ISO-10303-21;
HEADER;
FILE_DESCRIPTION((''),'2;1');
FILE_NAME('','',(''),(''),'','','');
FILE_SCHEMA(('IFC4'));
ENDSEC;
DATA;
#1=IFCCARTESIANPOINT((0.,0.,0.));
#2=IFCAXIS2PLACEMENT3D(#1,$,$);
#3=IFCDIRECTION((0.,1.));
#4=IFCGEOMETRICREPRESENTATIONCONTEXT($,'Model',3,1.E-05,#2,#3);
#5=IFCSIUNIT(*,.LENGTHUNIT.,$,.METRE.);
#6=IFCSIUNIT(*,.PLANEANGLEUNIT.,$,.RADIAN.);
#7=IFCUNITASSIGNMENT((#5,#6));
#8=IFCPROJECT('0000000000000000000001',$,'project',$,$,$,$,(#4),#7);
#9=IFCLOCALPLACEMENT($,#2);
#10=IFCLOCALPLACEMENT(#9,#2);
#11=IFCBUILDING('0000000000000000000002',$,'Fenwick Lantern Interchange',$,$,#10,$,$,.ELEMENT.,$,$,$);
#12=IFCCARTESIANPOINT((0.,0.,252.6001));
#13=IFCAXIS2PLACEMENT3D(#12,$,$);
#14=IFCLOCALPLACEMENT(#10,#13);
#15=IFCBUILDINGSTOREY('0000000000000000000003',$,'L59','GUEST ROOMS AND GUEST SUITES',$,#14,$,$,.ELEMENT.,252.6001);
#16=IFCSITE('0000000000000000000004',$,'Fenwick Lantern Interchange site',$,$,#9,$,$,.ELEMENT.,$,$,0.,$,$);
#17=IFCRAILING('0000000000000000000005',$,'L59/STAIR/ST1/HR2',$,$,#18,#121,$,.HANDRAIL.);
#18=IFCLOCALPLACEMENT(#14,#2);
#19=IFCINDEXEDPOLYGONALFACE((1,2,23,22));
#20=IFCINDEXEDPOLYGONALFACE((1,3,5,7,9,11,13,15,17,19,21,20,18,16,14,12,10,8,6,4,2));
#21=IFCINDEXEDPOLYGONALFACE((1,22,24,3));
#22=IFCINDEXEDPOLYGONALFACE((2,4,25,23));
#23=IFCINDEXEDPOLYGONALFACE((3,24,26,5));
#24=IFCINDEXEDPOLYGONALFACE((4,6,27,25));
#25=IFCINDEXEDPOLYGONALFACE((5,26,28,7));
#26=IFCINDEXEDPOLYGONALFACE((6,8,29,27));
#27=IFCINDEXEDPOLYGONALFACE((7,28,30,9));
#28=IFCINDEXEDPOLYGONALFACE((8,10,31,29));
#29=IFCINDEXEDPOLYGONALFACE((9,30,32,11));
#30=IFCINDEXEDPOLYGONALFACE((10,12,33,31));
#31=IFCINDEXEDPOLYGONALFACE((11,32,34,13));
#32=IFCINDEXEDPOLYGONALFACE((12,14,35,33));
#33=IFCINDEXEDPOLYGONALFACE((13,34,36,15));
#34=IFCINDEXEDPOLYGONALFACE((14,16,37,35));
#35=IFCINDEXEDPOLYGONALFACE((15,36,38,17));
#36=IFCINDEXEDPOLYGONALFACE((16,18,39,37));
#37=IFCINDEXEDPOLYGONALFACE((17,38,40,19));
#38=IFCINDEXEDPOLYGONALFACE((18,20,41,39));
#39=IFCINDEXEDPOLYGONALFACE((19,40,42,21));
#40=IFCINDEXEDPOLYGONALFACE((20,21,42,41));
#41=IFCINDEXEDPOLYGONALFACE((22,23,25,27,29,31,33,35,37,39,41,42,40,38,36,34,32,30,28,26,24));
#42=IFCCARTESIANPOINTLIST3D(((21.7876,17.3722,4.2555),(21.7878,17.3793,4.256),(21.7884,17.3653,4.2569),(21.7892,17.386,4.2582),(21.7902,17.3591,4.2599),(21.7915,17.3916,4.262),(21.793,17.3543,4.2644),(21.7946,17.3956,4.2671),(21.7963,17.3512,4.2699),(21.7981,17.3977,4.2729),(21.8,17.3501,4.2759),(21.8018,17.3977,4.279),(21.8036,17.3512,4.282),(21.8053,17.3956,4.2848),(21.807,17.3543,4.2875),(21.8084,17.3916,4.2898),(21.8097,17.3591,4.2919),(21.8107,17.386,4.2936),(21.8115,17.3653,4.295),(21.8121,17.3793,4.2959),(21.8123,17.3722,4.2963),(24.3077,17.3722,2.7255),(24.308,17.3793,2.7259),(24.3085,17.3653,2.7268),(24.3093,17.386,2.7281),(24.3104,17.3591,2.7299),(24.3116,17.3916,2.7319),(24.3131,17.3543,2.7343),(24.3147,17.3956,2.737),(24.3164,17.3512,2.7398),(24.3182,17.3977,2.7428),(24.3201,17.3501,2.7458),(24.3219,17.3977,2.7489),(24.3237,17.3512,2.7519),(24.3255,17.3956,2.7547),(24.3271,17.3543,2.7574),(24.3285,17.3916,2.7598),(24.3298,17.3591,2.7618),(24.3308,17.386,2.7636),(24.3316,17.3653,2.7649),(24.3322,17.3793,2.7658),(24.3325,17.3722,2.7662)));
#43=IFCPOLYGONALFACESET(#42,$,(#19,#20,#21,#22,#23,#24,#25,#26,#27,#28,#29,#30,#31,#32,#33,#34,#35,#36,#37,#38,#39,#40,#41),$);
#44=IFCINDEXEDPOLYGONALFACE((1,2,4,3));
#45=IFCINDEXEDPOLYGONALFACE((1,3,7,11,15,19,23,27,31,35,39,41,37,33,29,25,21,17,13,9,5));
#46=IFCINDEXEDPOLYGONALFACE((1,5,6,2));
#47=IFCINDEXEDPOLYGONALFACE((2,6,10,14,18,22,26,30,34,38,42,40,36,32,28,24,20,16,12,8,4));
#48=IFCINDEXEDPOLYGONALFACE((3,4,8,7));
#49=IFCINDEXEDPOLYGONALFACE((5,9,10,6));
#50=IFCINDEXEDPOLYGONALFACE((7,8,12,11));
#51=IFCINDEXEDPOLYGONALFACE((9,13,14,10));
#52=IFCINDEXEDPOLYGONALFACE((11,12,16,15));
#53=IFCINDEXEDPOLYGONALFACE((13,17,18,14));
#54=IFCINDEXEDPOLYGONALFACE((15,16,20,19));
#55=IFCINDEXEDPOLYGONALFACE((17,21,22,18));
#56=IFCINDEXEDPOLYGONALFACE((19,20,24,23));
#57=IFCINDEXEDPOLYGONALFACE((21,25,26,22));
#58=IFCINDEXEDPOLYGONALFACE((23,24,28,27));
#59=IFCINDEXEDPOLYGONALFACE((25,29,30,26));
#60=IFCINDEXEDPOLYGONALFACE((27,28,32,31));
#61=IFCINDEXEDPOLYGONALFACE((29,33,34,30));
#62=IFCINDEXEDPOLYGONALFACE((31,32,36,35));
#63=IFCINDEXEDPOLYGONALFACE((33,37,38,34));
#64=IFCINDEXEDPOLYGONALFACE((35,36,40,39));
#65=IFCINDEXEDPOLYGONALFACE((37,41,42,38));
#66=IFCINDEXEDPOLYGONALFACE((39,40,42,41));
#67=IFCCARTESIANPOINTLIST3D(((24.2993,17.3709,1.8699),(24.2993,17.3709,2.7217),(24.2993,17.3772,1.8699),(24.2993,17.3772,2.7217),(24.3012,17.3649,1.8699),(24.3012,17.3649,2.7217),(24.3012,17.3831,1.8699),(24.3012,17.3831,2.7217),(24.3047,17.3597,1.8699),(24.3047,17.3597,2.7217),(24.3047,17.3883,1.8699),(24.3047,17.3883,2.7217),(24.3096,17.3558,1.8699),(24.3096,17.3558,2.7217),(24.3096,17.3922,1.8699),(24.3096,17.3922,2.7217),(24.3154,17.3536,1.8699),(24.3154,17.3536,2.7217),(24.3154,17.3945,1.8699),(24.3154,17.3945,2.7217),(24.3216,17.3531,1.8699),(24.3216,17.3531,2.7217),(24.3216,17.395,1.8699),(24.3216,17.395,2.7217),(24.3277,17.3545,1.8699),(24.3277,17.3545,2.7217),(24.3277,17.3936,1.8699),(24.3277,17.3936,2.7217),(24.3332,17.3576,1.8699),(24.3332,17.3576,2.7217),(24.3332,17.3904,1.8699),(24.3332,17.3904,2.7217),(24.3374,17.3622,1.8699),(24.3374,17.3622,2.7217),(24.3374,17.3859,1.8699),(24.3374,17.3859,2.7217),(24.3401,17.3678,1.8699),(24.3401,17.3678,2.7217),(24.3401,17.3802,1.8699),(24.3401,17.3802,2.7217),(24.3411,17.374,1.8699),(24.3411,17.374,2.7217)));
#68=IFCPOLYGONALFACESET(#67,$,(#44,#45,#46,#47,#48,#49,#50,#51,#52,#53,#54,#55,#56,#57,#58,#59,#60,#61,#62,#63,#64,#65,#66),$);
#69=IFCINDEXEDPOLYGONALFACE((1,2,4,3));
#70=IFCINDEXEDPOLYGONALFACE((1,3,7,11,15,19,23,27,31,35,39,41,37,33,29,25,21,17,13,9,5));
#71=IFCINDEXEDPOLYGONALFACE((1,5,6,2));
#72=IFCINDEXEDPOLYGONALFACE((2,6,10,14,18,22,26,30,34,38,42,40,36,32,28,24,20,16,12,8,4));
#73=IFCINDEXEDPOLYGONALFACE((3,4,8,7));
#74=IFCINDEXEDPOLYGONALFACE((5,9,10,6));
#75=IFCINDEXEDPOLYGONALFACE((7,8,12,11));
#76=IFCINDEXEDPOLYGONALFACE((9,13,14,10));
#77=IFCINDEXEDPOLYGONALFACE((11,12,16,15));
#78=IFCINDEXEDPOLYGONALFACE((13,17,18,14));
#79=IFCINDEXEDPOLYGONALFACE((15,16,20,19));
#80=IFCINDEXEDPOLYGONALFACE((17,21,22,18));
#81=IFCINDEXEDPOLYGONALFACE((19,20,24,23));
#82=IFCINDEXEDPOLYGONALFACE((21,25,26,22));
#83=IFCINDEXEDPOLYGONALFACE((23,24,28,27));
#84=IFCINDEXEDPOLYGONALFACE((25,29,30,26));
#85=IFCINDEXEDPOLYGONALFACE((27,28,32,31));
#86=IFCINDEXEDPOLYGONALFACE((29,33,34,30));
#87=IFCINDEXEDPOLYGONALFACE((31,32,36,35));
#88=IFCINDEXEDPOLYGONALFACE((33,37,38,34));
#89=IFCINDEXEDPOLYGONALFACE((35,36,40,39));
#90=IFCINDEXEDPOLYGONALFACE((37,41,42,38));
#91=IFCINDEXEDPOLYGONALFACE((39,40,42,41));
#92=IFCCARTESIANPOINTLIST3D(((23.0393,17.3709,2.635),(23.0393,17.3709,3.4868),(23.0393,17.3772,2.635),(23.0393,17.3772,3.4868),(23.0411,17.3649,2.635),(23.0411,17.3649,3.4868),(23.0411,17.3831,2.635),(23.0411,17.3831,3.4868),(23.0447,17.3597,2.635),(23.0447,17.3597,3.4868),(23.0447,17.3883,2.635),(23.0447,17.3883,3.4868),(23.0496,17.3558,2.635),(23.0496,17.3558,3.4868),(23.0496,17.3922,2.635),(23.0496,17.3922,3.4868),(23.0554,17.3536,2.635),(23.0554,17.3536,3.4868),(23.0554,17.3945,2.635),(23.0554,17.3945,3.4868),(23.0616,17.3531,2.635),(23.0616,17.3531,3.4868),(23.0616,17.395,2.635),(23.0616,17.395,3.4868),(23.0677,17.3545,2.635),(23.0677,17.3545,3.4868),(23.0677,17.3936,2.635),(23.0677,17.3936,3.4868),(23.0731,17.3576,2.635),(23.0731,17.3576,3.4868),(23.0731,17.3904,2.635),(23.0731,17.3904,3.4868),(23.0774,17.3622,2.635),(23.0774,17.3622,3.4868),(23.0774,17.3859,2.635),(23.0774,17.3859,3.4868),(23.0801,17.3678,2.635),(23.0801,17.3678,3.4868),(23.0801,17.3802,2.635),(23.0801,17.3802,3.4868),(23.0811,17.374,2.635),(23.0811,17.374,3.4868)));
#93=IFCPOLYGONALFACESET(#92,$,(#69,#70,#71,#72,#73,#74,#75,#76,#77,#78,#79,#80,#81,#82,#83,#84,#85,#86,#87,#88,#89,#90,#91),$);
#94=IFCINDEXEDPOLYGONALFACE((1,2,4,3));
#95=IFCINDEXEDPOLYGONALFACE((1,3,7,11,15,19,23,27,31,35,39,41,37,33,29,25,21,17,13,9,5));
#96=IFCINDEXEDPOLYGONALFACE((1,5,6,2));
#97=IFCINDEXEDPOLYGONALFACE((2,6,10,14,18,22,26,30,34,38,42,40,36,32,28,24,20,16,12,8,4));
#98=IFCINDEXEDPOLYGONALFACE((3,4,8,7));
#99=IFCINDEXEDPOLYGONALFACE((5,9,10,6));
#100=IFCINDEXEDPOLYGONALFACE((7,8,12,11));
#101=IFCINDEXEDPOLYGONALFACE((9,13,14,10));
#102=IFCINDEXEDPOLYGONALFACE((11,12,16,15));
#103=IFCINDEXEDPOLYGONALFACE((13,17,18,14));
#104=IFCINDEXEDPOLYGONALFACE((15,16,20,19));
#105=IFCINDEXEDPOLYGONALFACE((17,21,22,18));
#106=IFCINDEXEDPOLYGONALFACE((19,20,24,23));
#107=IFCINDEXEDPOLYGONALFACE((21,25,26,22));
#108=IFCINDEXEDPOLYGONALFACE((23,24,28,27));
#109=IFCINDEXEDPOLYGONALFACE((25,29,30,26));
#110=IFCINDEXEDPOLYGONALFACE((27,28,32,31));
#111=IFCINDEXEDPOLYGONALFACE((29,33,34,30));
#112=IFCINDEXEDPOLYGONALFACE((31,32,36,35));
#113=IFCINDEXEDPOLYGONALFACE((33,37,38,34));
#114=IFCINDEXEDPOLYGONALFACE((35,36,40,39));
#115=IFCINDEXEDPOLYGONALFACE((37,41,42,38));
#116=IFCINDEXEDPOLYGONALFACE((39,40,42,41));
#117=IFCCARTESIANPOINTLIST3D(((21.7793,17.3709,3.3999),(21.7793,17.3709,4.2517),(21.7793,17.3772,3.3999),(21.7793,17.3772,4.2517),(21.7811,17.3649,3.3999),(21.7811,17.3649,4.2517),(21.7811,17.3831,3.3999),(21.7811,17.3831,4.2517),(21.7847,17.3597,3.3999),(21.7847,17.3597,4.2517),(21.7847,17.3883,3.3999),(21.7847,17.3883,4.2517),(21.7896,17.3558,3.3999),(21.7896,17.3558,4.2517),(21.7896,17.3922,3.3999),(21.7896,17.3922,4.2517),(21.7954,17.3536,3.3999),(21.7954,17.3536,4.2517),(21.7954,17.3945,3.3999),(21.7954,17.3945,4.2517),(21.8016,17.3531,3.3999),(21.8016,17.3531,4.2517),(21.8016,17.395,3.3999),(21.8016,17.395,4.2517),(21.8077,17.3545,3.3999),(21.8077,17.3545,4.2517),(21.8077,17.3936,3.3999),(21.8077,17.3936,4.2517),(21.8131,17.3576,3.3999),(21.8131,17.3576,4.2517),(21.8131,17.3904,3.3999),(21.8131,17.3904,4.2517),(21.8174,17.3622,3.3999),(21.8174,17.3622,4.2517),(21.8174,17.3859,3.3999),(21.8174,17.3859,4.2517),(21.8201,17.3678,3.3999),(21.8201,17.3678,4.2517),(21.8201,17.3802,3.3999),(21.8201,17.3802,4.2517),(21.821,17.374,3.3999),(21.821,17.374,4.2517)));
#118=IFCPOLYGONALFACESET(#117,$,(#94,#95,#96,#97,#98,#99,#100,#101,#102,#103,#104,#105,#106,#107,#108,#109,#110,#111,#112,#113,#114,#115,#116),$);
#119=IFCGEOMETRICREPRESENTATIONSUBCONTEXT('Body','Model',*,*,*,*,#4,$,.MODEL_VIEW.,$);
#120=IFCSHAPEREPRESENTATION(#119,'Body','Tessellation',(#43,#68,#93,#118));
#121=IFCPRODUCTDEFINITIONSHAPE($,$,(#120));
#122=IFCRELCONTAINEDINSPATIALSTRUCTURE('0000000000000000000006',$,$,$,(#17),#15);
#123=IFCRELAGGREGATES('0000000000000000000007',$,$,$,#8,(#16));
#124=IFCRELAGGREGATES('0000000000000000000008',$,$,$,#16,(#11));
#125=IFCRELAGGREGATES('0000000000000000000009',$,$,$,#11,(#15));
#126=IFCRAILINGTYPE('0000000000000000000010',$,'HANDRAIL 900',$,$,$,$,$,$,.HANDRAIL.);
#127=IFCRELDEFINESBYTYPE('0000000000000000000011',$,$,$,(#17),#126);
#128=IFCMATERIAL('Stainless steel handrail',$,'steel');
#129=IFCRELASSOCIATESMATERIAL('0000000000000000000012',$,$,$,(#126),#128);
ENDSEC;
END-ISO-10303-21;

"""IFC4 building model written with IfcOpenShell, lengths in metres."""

from ifc_helpers import new_model, si_unit, direction, frame, origin, origin_2d, place, context, subcontext, project, spatial, circle, extrude, material, type_object, element, save


model = new_model("IFC4")

# Units and contexts
model_context = context("Model", 3, precision=1e-05, world=origin(), true_north=direction((0.0, 1.0)))
body_context = subcontext(model_context, "Body", "Model", "MODEL_VIEW")
ifc_project = project(units=[si_unit("LENGTHUNIT", "METRE"), si_unit("PLANEANGLEUNIT", "RADIAN")], contexts=[model_context])

# Site, building, storey
site_placement = place(None, origin())
site = spatial("IfcSite", under=ifc_project, at=site_placement, Name="Fenwick Lantern Interchange site", CompositionType="ELEMENT", RefElevation=0.0)
building_placement = place(site_placement, origin())
building = spatial("IfcBuilding", under=site, at=building_placement, Name="Fenwick Lantern Interchange", CompositionType="ELEMENT")
storey_placement = place(building_placement, frame((0.0, 0.0, 252.6001)))
storey = spatial("IfcBuildingStorey", under=building, at=storey_placement, Name="L59", Description="GUEST ROOMS AND GUEST SUITES", CompositionType="ELEMENT", Elevation=252.6001)

# Railing
ifc_material_1 = material(Name="Stainless steel handrail", Category="steel")
railing_type = type_object("IfcRailingType", Name="HANDRAIL 900", PredefinedType="HANDRAIL", material=ifc_material_1)
railing_1_placement = place(storey_placement, frame((24.3201, 17.374, 1.8699)))
element("IfcRailing", 1, at=railing_1_placement, inside=storey, type_object=railing_type, Name="L59/STAIR/ST1/HR2", PredefinedType="HANDRAIL", context=body_context, shape_type="SweptSolid", body=[
    extrude(circle(Radius=0.0239, at=origin_2d()), frame((0.0, 0.0, 0.876), z_axis=(-0.854785, 0.0, 0.518982), x_axis=(0.0, -1.0, 0.0)), (0.0, 0.0, 1.0), 2.9482),
    extrude(circle(Radius=0.021, at=origin_2d()), origin(), (0.0, 0.0, 1.0), 0.8518),
    extrude(circle(Radius=0.021, at=origin_2d()), frame((-1.26, 0.0, 0.7651)), (0.0, 0.0, 1.0), 0.8518),
    extrude(circle(Radius=0.021, at=origin_2d()), frame((-2.52, 0.0, 1.53)), (0.0, 0.0, 1.0), 0.8518),
])

save(model, "model.ifc")
